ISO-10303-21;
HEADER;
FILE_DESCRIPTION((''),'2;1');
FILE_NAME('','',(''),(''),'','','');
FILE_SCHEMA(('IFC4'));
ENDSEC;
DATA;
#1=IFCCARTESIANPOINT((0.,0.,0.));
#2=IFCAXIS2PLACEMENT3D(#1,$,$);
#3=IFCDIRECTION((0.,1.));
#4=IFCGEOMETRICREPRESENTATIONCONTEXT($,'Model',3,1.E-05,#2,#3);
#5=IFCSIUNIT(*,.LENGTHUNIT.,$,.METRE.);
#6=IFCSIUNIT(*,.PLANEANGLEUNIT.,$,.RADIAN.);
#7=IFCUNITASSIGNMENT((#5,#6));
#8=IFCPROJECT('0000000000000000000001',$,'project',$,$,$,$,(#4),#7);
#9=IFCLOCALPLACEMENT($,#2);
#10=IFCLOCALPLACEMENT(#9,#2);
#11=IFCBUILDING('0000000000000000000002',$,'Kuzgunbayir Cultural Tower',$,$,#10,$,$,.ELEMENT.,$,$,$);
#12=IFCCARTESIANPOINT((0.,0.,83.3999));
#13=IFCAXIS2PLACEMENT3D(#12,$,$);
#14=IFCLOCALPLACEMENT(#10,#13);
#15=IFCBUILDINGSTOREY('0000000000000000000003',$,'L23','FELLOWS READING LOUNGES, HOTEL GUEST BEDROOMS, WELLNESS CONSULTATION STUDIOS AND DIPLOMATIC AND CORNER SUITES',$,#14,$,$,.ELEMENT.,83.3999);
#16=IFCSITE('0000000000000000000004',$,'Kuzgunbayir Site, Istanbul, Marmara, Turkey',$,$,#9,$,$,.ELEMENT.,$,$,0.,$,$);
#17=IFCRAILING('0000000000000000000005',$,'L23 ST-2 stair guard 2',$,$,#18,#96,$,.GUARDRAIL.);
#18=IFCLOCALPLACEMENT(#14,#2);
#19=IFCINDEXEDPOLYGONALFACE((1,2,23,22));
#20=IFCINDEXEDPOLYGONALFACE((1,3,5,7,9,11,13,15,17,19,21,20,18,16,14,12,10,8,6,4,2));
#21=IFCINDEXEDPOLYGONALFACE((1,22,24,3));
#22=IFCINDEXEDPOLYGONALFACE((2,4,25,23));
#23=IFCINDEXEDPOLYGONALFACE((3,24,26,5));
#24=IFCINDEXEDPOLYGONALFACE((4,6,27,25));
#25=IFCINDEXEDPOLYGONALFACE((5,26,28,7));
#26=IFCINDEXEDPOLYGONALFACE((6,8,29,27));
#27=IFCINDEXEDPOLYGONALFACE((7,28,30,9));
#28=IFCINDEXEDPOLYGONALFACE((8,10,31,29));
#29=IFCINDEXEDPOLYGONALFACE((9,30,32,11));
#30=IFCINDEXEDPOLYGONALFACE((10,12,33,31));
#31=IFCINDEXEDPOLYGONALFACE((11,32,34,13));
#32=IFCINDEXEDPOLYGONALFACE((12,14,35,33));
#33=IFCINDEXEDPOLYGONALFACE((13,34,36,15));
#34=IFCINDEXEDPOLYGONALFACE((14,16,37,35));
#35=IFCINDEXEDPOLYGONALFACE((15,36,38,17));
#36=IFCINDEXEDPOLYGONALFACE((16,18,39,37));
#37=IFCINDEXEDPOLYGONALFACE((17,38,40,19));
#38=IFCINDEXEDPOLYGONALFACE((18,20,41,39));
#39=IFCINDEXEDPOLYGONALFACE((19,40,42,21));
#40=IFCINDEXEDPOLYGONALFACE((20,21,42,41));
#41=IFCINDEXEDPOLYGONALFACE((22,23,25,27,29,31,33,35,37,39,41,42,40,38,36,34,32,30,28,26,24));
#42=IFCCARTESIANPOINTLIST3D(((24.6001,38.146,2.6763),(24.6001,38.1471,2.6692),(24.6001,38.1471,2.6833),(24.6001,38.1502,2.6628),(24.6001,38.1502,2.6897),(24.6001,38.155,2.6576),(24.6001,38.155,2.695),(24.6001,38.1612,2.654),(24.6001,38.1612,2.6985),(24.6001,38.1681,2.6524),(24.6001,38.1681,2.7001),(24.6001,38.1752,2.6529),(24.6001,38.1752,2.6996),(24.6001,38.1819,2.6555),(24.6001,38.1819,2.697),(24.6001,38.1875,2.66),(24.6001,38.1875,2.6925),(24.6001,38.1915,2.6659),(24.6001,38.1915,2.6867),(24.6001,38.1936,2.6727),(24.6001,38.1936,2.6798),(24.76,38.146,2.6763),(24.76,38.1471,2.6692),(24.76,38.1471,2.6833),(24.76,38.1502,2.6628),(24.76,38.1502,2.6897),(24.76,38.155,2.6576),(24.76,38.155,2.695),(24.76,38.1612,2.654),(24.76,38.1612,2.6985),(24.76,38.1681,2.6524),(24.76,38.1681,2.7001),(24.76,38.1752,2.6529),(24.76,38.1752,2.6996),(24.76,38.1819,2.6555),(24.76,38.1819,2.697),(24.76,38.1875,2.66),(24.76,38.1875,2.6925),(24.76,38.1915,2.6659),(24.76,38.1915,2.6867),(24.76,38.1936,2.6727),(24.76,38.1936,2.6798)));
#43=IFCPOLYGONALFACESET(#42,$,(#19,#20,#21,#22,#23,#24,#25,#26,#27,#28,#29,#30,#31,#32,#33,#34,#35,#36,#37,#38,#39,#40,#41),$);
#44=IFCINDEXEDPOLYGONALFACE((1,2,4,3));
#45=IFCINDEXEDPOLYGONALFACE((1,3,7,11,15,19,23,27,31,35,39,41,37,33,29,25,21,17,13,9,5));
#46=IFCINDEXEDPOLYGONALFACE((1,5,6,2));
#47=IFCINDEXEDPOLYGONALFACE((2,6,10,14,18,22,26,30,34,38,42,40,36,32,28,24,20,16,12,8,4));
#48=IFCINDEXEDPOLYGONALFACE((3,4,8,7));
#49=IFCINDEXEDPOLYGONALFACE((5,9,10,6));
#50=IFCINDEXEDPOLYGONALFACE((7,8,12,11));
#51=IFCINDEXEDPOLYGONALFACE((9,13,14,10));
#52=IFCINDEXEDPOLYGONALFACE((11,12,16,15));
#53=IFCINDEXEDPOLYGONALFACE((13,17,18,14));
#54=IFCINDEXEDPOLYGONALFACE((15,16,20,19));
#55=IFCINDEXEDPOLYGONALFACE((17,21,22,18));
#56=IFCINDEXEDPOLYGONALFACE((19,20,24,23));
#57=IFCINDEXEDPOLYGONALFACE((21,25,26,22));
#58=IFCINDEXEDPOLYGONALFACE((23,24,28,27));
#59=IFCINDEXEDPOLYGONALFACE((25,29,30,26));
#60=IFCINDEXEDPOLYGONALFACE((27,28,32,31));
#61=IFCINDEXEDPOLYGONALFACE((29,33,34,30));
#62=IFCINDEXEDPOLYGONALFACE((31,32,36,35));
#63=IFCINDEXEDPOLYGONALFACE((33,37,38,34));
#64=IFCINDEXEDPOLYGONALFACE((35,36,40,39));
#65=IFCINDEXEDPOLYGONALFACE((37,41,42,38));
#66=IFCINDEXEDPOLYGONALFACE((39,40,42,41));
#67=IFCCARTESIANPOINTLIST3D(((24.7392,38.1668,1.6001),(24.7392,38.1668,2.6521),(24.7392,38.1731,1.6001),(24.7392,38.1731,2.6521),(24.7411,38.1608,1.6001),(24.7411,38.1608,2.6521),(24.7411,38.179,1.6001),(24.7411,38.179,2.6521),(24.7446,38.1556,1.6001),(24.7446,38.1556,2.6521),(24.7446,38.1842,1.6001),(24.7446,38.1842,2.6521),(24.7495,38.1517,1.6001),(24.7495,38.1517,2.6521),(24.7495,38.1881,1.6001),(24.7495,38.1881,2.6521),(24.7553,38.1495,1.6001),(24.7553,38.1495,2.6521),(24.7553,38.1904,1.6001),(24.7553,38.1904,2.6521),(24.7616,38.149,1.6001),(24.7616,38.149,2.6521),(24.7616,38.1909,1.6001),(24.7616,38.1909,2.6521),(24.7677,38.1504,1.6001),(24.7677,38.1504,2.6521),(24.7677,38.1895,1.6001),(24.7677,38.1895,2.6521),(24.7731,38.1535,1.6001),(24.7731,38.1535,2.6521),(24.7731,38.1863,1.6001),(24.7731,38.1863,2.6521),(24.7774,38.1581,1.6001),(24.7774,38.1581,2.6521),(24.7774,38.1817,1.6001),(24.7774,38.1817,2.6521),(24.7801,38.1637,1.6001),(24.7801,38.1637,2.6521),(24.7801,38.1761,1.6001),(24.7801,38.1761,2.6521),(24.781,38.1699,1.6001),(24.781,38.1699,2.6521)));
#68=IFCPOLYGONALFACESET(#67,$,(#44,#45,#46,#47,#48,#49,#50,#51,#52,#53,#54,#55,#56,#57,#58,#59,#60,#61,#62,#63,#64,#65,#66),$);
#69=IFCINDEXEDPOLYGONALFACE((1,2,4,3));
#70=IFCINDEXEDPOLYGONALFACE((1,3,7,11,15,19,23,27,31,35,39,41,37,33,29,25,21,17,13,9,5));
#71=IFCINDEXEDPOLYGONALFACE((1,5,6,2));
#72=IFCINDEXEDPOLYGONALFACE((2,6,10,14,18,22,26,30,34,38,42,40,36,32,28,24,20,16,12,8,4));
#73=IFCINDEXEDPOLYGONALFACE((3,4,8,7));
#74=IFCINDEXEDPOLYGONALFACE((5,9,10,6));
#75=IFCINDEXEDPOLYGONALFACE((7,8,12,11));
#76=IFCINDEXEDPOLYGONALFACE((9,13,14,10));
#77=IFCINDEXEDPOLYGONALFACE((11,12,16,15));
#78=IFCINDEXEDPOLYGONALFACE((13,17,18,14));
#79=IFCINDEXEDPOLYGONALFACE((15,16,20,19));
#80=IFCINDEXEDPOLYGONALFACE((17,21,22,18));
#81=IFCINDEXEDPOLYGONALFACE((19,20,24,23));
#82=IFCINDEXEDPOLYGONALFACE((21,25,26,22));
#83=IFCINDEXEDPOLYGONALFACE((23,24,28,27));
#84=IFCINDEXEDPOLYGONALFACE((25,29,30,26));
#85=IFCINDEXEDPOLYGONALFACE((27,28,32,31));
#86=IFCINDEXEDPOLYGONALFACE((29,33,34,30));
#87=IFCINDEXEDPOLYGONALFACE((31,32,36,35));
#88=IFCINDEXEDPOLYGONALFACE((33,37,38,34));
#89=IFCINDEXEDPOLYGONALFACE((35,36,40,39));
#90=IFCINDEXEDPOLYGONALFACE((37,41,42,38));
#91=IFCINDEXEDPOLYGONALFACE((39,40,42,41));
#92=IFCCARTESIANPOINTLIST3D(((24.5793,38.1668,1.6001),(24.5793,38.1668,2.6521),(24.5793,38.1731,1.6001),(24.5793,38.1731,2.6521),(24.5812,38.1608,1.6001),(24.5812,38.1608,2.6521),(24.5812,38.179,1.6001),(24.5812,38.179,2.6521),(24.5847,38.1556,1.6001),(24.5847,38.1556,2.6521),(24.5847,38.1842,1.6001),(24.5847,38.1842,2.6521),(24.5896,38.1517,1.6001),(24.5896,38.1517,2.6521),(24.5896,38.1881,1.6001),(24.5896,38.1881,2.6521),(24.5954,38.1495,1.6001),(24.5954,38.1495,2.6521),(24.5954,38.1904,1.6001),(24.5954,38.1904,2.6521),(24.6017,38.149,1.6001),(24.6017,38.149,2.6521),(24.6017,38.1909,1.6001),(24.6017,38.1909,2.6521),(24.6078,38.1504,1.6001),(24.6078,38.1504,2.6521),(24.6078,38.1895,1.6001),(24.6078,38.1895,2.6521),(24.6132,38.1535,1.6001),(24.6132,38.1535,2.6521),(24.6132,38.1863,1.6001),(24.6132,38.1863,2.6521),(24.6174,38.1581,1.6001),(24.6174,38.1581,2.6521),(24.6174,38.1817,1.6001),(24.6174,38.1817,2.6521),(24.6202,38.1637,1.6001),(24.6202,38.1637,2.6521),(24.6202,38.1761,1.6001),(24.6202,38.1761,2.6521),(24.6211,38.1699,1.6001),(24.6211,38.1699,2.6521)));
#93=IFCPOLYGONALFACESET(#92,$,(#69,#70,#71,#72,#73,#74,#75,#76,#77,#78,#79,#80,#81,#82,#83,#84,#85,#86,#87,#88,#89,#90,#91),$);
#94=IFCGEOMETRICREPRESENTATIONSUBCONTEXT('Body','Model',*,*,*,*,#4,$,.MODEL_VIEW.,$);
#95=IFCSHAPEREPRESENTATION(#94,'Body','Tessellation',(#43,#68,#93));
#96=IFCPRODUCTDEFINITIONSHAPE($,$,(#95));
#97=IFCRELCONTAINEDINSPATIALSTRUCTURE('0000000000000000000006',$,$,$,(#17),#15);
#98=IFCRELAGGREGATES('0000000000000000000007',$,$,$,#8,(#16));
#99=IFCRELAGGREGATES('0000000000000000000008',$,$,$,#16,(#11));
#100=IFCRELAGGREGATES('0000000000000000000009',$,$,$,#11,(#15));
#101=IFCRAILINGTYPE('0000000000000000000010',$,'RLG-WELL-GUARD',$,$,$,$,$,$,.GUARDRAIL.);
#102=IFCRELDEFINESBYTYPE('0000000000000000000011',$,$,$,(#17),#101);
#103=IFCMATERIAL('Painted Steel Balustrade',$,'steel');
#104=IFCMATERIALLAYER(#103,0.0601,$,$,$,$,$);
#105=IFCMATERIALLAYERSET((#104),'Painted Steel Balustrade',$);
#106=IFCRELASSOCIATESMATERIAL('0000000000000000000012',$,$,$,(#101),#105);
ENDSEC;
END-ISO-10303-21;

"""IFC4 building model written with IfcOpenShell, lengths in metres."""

from ifc_helpers import new_model, si_unit, direction, frame, origin, origin_2d, place, context, subcontext, project, spatial, circle, extrude, material, layer, layer_set, type_object, element, save


model = new_model("IFC4")

# Units and contexts
model_context = context("Model", 3, precision=1e-05, world=origin(), true_north=direction((0.0, 1.0)))
body_context = subcontext(model_context, "Body", "Model", "MODEL_VIEW")
ifc_project = project(units=[si_unit("LENGTHUNIT", "METRE"), si_unit("PLANEANGLEUNIT", "RADIAN")], contexts=[model_context])

# Site, building, storey
site_placement = place(None, origin())
site = spatial("IfcSite", under=ifc_project, at=site_placement, Name="Kuzgunbayir Site, Istanbul, Marmara, Turkey", CompositionType="ELEMENT", RefElevation=0.0)
building_placement = place(site_placement, origin())
building = spatial("IfcBuilding", under=site, at=building_placement, Name="Kuzgunbayir Cultural Tower", CompositionType="ELEMENT")
storey_placement = place(building_placement, frame((0.0, 0.0, 83.3999)))
storey = spatial("IfcBuildingStorey", under=building, at=storey_placement, Name="L23", Description="FELLOWS READING LOUNGES, HOTEL GUEST BEDROOMS, WELLNESS CONSULTATION STUDIOS AND DIPLOMATIC AND CORNER SUITES", CompositionType="ELEMENT", Elevation=83.3999)

# Railing
ifc_material_1 = material(Name="Painted Steel Balustrade", Category="steel")
ifc_layer_1 = layer(ifc_material_1, 0.0601)
ifc_layer_set_1 = layer_set([ifc_layer_1], Name="Painted Steel Balustrade")
railing_type_1 = type_object("IfcRailingType", Name="RLG-WELL-GUARD", PredefinedType="GUARDRAIL", material=ifc_layer_set_1)
railing_1_placement = place(storey_placement, frame((24.76, 38.1699, 1.6001)))
element("IfcRailing", 1, at=railing_1_placement, inside=storey, type_object=railing_type_1, Name="L23 ST-2 stair guard 2", PredefinedType="GUARDRAIL", context=body_context, shape_type="SweptSolid", body=[
    extrude(circle(Radius=0.0239, at=origin_2d()), frame((0.0, 0.0, 1.0762), z_axis=(-1.0, 0.0, 0.0), x_axis=(0.0, -1.0, 0.0)), (0.0, 0.0, 1.0), 0.1599),
    extrude(circle(Radius=0.021, at=origin_2d()), origin(), (0.0, 0.0, 1.0), 1.052),
    extrude(circle(Radius=0.021, at=origin_2d()), frame((-0.1599, 0.0, 0.0)), (0.0, 0.0, 1.0), 1.052),
])

save(model, "model.ifc")
